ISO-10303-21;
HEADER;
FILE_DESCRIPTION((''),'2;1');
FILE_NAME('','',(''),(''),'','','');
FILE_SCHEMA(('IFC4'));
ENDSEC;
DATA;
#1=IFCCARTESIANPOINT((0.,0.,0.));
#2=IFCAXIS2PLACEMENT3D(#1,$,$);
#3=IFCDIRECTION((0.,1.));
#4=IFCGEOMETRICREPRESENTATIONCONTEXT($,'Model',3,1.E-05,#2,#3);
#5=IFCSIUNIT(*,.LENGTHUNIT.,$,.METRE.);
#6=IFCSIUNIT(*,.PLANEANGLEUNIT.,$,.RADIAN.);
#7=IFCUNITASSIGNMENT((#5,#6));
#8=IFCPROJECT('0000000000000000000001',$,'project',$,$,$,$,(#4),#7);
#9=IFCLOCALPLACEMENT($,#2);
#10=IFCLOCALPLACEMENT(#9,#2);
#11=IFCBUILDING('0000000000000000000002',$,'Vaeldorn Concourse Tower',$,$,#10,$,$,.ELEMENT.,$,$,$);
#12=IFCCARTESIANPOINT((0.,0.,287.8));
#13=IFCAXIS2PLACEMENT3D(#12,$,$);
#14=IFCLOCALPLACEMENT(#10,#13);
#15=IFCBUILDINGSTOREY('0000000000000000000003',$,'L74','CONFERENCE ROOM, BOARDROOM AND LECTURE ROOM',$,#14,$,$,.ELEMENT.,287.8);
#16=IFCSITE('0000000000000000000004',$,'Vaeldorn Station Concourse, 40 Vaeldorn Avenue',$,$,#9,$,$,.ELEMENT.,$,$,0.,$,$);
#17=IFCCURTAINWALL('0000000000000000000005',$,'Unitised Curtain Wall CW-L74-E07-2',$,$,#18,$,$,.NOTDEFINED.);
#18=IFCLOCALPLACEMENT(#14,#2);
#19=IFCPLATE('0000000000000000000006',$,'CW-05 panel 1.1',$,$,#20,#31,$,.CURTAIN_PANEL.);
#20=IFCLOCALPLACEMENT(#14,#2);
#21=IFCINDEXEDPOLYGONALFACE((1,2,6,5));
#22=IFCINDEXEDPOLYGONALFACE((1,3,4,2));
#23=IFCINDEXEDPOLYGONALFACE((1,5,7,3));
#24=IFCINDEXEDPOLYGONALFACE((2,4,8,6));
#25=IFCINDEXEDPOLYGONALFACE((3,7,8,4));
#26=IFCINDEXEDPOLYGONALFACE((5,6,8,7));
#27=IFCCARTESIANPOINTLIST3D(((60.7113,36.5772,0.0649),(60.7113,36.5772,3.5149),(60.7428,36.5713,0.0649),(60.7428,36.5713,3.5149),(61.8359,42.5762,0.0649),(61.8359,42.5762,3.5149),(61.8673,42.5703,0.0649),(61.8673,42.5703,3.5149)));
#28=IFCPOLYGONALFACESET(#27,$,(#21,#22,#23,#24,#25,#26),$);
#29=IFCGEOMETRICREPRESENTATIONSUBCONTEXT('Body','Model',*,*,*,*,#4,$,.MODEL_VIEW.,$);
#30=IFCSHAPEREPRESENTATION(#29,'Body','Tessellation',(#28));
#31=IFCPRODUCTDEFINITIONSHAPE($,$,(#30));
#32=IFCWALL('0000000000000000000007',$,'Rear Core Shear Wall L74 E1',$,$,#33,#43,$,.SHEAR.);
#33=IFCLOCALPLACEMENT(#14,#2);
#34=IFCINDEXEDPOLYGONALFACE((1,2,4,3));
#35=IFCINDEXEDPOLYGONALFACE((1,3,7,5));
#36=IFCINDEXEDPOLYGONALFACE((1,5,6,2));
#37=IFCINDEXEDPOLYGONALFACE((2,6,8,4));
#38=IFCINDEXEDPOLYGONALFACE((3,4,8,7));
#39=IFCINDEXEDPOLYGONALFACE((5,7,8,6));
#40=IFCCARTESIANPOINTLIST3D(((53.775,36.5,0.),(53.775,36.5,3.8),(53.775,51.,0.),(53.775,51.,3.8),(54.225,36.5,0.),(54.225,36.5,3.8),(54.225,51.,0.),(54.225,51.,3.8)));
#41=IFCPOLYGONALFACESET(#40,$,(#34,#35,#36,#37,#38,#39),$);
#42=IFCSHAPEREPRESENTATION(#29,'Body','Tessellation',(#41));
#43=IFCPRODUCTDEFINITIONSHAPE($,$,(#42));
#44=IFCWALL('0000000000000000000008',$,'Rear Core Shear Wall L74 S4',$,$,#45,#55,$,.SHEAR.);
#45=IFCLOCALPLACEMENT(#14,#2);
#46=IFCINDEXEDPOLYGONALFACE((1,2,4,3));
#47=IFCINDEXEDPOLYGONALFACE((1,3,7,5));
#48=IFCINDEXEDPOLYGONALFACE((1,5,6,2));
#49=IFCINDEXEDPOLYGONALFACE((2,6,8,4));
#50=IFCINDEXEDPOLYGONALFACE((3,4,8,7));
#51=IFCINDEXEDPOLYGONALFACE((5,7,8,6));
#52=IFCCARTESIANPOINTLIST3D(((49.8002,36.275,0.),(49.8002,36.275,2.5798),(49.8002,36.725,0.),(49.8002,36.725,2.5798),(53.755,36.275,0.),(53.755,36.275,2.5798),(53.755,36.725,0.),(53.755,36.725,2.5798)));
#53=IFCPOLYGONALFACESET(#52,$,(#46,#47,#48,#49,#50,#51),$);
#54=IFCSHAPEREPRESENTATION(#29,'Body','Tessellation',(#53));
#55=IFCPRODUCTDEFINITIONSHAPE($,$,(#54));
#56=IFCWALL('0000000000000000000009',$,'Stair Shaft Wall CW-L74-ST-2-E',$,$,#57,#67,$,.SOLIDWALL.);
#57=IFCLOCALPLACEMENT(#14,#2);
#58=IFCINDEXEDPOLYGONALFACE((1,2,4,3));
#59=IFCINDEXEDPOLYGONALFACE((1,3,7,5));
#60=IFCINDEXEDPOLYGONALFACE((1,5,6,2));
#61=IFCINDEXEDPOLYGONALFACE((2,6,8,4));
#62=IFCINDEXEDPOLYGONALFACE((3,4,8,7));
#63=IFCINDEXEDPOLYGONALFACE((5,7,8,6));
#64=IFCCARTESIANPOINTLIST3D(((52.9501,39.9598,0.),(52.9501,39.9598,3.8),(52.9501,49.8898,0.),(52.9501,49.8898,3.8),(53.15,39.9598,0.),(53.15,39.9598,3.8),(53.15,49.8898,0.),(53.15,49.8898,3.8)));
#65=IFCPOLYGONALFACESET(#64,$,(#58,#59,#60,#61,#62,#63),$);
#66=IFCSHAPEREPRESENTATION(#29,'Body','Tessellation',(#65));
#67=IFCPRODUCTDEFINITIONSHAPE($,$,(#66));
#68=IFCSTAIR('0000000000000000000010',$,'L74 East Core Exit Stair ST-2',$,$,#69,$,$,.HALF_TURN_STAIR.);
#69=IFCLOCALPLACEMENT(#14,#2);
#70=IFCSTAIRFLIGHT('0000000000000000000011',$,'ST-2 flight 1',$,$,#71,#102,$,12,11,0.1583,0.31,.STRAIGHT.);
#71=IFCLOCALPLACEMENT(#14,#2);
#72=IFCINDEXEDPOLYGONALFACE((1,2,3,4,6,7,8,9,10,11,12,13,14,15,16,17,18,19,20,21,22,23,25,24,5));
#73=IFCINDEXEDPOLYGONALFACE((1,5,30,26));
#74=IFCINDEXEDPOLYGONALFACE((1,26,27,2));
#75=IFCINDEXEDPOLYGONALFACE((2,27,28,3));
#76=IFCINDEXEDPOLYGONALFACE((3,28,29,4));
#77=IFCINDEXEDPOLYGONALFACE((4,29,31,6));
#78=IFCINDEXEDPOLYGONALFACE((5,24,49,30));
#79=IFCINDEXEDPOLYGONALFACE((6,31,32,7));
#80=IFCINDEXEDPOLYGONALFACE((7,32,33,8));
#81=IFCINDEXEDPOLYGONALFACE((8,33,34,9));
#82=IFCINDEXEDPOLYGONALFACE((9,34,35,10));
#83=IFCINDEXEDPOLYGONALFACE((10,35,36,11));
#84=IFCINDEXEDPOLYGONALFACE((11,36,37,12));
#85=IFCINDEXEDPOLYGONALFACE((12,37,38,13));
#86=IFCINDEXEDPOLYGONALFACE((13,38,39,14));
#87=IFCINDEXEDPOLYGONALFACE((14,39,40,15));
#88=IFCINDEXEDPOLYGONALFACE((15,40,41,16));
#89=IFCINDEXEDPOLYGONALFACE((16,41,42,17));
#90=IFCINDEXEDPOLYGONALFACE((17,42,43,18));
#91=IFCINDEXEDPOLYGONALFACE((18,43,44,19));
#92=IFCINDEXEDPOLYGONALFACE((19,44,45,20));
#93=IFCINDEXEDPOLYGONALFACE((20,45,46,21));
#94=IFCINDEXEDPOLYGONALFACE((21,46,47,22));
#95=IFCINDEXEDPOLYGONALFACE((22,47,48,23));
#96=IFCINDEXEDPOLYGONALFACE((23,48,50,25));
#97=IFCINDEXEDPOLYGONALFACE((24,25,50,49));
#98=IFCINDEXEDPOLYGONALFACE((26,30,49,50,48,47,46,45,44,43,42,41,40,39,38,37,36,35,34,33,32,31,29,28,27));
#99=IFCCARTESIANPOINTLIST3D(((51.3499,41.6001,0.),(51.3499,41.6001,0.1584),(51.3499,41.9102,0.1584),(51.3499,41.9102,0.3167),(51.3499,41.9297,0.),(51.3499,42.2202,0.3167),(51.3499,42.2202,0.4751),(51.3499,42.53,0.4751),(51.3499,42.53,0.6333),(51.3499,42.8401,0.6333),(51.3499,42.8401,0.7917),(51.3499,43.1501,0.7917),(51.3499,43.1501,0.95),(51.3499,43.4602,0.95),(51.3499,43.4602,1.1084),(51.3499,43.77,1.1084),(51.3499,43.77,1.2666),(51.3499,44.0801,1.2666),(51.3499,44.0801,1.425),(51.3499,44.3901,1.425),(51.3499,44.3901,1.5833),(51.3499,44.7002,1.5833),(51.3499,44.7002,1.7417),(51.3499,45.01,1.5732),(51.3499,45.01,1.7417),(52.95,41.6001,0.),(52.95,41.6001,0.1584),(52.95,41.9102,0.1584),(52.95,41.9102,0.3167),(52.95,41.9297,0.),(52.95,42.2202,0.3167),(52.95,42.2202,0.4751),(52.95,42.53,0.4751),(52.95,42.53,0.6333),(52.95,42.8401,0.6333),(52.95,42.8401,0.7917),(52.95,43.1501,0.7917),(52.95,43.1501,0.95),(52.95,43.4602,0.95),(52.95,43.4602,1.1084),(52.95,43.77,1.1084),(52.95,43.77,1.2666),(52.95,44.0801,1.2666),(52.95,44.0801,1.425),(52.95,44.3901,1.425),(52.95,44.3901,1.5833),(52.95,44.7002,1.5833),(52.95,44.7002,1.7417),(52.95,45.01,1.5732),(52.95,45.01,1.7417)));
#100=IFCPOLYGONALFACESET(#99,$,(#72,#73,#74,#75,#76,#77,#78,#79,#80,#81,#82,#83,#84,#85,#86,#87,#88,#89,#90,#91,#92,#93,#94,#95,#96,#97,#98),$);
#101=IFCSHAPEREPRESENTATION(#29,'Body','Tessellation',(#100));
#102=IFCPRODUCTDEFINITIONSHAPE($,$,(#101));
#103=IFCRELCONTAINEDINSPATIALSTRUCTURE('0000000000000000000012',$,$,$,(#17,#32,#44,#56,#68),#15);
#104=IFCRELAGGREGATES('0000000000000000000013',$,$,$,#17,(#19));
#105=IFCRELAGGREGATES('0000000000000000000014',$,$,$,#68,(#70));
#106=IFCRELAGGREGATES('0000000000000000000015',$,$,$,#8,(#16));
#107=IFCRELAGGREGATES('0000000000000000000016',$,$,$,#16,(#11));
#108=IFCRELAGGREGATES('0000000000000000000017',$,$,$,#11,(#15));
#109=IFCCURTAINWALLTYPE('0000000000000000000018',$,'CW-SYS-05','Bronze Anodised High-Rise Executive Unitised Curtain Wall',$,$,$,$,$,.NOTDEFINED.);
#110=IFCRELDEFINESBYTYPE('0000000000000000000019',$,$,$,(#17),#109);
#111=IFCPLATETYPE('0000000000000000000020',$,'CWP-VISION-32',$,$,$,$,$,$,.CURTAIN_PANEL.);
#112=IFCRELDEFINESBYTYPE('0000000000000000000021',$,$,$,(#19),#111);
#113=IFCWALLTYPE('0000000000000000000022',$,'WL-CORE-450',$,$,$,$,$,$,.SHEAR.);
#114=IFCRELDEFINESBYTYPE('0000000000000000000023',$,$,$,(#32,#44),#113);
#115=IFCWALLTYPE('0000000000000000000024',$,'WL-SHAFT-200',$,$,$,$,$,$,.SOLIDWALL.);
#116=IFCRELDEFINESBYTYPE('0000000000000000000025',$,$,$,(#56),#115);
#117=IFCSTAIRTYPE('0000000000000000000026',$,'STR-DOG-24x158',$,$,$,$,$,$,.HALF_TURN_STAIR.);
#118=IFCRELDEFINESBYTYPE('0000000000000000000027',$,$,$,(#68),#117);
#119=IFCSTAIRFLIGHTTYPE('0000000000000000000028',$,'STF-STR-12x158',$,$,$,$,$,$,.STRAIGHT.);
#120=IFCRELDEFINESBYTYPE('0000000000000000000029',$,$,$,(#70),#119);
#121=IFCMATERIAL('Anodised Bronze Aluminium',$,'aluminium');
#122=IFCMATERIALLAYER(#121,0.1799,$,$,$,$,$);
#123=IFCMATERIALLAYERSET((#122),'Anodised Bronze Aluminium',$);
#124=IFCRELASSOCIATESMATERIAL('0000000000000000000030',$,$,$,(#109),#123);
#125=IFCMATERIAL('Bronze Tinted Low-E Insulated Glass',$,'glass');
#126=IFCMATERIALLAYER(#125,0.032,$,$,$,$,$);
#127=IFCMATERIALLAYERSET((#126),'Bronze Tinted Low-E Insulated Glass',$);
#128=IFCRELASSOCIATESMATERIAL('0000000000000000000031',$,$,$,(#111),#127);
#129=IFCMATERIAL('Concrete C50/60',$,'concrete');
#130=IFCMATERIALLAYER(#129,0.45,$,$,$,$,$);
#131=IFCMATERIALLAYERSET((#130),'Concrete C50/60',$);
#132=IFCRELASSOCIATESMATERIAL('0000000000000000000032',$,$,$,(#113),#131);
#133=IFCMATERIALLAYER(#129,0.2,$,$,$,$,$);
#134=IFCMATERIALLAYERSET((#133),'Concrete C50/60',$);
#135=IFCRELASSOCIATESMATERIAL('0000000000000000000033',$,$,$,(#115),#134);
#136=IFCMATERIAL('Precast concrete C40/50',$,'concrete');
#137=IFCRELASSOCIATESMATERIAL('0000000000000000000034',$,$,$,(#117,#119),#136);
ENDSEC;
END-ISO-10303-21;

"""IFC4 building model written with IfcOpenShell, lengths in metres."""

from ifc_helpers import new_model, si_unit, direction, frame, frame_2d, origin, origin_2d, place, context, subcontext, project, spatial, polyline, rectangle, outline, extrude, source, transform, mapped, material, layer, layer_set, type_object, element, aggregate, save


model = new_model("IFC4")

# Units and contexts
model_context = context("Model", 3, precision=1e-05, world=origin(), true_north=direction((0.0, 1.0)))
body_context = subcontext(model_context, "Body", "Model", "MODEL_VIEW")
ifc_project = project(units=[si_unit("LENGTHUNIT", "METRE"), si_unit("PLANEANGLEUNIT", "RADIAN")], contexts=[model_context])

# Site, building, storey
site_placement = place(None, origin())
site = spatial("IfcSite", under=ifc_project, at=site_placement, Name="Vaeldorn Station Concourse, 40 Vaeldorn Avenue", CompositionType="ELEMENT", RefElevation=0.0)
building_placement = place(site_placement, origin())
building = spatial("IfcBuilding", under=site, at=building_placement, Name="Vaeldorn Concourse Tower", CompositionType="ELEMENT")
storey_placement = place(building_placement, frame((0.0, 0.0, 287.8)))
storey = spatial("IfcBuildingStorey", under=building, at=storey_placement, Name="L74", Description="CONFERENCE ROOM, BOARDROOM AND LECTURE ROOM", CompositionType="ELEMENT", Elevation=287.8)

# Shared definitions
ifc_material_1 = material(Name="Concrete C50/60", Category="concrete")

# Curtain wall, plate
ifc_material_2 = material(Name="Anodised Bronze Aluminium", Category="aluminium")
ifc_layer_1 = layer(ifc_material_2, 0.1799)
ifc_layer_set_1 = layer_set([ifc_layer_1], Name="Anodised Bronze Aluminium")
curtain_wall_type = type_object("IfcCurtainWallType", Name="CW-SYS-05", Description="Bronze Anodised High-Rise Executive Unitised Curtain Wall", PredefinedType="NOTDEFINED", material=ifc_layer_set_1)
curtain_wall_placement = place(storey_placement, origin())
curtain_wall = element("IfcCurtainWall", 1, at=curtain_wall_placement, inside=storey, type_object=curtain_wall_type, Name="Unitised Curtain Wall CW-L74-E07-2", PredefinedType="NOTDEFINED")
ifc_material_3 = material(Name="Bronze Tinted Low-E Insulated Glass", Category="glass")
ifc_layer_2 = layer(ifc_material_3, 0.032)
ifc_layer_set_2 = layer_set([ifc_layer_2], Name="Bronze Tinted Low-E Insulated Glass")
plate_type = type_object("IfcPlateType", Name="CWP-VISION-32", PredefinedType="CURTAIN_PANEL", material=ifc_layer_set_2)
shared_shape_1 = source(origin(), body_context, "Body", "SweptSolid", [
    extrude(rectangle(XDim=6.1035, YDim=0.032, at=origin_2d()), origin(), (0.0, 0.0, 1.0), 3.45),
])
plate_placement = place(storey_placement, frame((61.2893, 39.5737, 0.0649), z_axis=(0.0, 0.0, 1.0), x_axis=(0.184246, 0.98288, 0.0)))
plate = element("IfcPlate", 2, at=plate_placement, type_object=plate_type, Name="CW-05 panel 1.1", PredefinedType="CURTAIN_PANEL", context=body_context, shape_type="MappedRepresentation", body=[
    mapped(shared_shape_1, transform((0.0, 0.0, 0.0), scale=1.0)),
])
aggregate(curtain_wall, [plate])

# Walls
ifc_layer_3 = layer(ifc_material_1, 0.45)
ifc_layer_set_3 = layer_set([ifc_layer_3], Name="Concrete C50/60")
wall_type_1 = type_object("IfcWallType", Name="WL-CORE-450", PredefinedType="SHEAR", material=ifc_layer_set_3)
wall_1_placement = place(storey_placement, frame((54.0, 36.5, 0.0), z_axis=(0.0, 0.0, 1.0), x_axis=(0.0, 1.0, 0.0)))
element("IfcWall", 3, at=wall_1_placement, inside=storey, type_object=wall_type_1, Name="Rear Core Shear Wall L74 E1", PredefinedType="SHEAR", context=body_context, shape_type="SweptSolid", body=[
    extrude(rectangle(XDim=14.5, YDim=0.45, at=frame_2d((7.25, 0.0))), origin(), (0.0, 0.0, 1.0), 3.8),
])
wall_2_placement = place(storey_placement, frame((49.8, 36.5, 0.0), z_axis=(0.0, 0.0, 1.0), x_axis=(1.0, 0.0, 0.0)))
element("IfcWall", 4, at=wall_2_placement, inside=storey, type_object=wall_type_1, Name="Rear Core Shear Wall L74 S4", PredefinedType="SHEAR", context=body_context, shape_type="SweptSolid", body=[
    extrude(rectangle(XDim=3.9548, YDim=0.45, at=frame_2d((1.9775, 0.0))), origin(), (0.0, 0.0, 1.0), 2.5798),
])
ifc_layer_4 = layer(ifc_material_1, 0.2)
ifc_layer_set_4 = layer_set([ifc_layer_4], Name="Concrete C50/60")
wall_type_2 = type_object("IfcWallType", Name="WL-SHAFT-200", PredefinedType="SOLIDWALL", material=ifc_layer_set_4)
wall_3_placement = place(storey_placement, frame((53.05, 39.96, 0.0), z_axis=(0.0, 0.0, 1.0), x_axis=(0.0, 1.0, 0.0)))
element("IfcWall", 5, at=wall_3_placement, inside=storey, type_object=wall_type_2, Name="Stair Shaft Wall CW-L74-ST-2-E", PredefinedType="SOLIDWALL", context=body_context, shape_type="SweptSolid", body=[
    extrude(rectangle(XDim=9.9299, YDim=0.2, at=frame_2d((4.9648, 0.0))), origin(), (0.0, 0.0, 1.0), 3.8),
])

# Stair, stair flight
ifc_material_4 = material(Name="Precast concrete C40/50", Category="concrete")
stair_type = type_object("IfcStairType", Name="STR-DOG-24x158", PredefinedType="HALF_TURN_STAIR", material=ifc_material_4)
stair_placement = place(storey_placement, origin())
stair = element("IfcStair", 6, at=stair_placement, inside=storey, type_object=stair_type, Name="L74 East Core Exit Stair ST-2", PredefinedType="HALF_TURN_STAIR")
stair_flight_type = type_object("IfcStairFlightType", Name="STF-STR-12x158", PredefinedType="STRAIGHT", material=ifc_material_4)
stair_flight_placement = place(storey_placement, frame((52.1499, 41.6001, 0.0), z_axis=(0.0, 0.0, 1.0), x_axis=(0.0, 1.0, 0.0)))
stair_flight = element("IfcStairFlight", 7, at=stair_flight_placement, type_object=stair_flight_type, Name="ST-2 flight 1", NumberOfRisers=12, NumberOfTreads=11, PredefinedType="STRAIGHT", RiserHeight=0.1583, TreadLength=0.31, context=body_context, shape_type="SweptSolid", body=[
    extrude(outline(polyline([(0.0, 0.0), (0.0, 0.1584), (0.3101, 0.1584), (0.3101, 0.3167), (0.6201, 0.3167), (0.6201, 0.4751), (0.9299, 0.4751), (0.9299, 0.6333), (1.24, 0.6333), (1.24, 0.7917), (1.55, 0.7917), (1.55, 0.95), (1.8601, 0.95), (1.8601, 1.1084), (2.1699, 1.1084), (2.1699, 1.2666), (2.48, 1.2666), (2.48, 1.425), (2.79, 1.425), (2.79, 1.5833), (3.1001, 1.5833), (3.1001, 1.7417), (3.4099, 1.7417), (3.4099, 1.8999), (3.4099, 1.5732), (0.3296, 0.0), (0.0, 0.0)])), frame((0.0, 0.8, 0.0), z_axis=(0.0, -1.0, 0.0), x_axis=(1.0, 0.0, 0.0)), (0.0, 0.0, 1.0), 1.6001),
])
aggregate(stair, [stair_flight])

save(model, "model.ifc")
